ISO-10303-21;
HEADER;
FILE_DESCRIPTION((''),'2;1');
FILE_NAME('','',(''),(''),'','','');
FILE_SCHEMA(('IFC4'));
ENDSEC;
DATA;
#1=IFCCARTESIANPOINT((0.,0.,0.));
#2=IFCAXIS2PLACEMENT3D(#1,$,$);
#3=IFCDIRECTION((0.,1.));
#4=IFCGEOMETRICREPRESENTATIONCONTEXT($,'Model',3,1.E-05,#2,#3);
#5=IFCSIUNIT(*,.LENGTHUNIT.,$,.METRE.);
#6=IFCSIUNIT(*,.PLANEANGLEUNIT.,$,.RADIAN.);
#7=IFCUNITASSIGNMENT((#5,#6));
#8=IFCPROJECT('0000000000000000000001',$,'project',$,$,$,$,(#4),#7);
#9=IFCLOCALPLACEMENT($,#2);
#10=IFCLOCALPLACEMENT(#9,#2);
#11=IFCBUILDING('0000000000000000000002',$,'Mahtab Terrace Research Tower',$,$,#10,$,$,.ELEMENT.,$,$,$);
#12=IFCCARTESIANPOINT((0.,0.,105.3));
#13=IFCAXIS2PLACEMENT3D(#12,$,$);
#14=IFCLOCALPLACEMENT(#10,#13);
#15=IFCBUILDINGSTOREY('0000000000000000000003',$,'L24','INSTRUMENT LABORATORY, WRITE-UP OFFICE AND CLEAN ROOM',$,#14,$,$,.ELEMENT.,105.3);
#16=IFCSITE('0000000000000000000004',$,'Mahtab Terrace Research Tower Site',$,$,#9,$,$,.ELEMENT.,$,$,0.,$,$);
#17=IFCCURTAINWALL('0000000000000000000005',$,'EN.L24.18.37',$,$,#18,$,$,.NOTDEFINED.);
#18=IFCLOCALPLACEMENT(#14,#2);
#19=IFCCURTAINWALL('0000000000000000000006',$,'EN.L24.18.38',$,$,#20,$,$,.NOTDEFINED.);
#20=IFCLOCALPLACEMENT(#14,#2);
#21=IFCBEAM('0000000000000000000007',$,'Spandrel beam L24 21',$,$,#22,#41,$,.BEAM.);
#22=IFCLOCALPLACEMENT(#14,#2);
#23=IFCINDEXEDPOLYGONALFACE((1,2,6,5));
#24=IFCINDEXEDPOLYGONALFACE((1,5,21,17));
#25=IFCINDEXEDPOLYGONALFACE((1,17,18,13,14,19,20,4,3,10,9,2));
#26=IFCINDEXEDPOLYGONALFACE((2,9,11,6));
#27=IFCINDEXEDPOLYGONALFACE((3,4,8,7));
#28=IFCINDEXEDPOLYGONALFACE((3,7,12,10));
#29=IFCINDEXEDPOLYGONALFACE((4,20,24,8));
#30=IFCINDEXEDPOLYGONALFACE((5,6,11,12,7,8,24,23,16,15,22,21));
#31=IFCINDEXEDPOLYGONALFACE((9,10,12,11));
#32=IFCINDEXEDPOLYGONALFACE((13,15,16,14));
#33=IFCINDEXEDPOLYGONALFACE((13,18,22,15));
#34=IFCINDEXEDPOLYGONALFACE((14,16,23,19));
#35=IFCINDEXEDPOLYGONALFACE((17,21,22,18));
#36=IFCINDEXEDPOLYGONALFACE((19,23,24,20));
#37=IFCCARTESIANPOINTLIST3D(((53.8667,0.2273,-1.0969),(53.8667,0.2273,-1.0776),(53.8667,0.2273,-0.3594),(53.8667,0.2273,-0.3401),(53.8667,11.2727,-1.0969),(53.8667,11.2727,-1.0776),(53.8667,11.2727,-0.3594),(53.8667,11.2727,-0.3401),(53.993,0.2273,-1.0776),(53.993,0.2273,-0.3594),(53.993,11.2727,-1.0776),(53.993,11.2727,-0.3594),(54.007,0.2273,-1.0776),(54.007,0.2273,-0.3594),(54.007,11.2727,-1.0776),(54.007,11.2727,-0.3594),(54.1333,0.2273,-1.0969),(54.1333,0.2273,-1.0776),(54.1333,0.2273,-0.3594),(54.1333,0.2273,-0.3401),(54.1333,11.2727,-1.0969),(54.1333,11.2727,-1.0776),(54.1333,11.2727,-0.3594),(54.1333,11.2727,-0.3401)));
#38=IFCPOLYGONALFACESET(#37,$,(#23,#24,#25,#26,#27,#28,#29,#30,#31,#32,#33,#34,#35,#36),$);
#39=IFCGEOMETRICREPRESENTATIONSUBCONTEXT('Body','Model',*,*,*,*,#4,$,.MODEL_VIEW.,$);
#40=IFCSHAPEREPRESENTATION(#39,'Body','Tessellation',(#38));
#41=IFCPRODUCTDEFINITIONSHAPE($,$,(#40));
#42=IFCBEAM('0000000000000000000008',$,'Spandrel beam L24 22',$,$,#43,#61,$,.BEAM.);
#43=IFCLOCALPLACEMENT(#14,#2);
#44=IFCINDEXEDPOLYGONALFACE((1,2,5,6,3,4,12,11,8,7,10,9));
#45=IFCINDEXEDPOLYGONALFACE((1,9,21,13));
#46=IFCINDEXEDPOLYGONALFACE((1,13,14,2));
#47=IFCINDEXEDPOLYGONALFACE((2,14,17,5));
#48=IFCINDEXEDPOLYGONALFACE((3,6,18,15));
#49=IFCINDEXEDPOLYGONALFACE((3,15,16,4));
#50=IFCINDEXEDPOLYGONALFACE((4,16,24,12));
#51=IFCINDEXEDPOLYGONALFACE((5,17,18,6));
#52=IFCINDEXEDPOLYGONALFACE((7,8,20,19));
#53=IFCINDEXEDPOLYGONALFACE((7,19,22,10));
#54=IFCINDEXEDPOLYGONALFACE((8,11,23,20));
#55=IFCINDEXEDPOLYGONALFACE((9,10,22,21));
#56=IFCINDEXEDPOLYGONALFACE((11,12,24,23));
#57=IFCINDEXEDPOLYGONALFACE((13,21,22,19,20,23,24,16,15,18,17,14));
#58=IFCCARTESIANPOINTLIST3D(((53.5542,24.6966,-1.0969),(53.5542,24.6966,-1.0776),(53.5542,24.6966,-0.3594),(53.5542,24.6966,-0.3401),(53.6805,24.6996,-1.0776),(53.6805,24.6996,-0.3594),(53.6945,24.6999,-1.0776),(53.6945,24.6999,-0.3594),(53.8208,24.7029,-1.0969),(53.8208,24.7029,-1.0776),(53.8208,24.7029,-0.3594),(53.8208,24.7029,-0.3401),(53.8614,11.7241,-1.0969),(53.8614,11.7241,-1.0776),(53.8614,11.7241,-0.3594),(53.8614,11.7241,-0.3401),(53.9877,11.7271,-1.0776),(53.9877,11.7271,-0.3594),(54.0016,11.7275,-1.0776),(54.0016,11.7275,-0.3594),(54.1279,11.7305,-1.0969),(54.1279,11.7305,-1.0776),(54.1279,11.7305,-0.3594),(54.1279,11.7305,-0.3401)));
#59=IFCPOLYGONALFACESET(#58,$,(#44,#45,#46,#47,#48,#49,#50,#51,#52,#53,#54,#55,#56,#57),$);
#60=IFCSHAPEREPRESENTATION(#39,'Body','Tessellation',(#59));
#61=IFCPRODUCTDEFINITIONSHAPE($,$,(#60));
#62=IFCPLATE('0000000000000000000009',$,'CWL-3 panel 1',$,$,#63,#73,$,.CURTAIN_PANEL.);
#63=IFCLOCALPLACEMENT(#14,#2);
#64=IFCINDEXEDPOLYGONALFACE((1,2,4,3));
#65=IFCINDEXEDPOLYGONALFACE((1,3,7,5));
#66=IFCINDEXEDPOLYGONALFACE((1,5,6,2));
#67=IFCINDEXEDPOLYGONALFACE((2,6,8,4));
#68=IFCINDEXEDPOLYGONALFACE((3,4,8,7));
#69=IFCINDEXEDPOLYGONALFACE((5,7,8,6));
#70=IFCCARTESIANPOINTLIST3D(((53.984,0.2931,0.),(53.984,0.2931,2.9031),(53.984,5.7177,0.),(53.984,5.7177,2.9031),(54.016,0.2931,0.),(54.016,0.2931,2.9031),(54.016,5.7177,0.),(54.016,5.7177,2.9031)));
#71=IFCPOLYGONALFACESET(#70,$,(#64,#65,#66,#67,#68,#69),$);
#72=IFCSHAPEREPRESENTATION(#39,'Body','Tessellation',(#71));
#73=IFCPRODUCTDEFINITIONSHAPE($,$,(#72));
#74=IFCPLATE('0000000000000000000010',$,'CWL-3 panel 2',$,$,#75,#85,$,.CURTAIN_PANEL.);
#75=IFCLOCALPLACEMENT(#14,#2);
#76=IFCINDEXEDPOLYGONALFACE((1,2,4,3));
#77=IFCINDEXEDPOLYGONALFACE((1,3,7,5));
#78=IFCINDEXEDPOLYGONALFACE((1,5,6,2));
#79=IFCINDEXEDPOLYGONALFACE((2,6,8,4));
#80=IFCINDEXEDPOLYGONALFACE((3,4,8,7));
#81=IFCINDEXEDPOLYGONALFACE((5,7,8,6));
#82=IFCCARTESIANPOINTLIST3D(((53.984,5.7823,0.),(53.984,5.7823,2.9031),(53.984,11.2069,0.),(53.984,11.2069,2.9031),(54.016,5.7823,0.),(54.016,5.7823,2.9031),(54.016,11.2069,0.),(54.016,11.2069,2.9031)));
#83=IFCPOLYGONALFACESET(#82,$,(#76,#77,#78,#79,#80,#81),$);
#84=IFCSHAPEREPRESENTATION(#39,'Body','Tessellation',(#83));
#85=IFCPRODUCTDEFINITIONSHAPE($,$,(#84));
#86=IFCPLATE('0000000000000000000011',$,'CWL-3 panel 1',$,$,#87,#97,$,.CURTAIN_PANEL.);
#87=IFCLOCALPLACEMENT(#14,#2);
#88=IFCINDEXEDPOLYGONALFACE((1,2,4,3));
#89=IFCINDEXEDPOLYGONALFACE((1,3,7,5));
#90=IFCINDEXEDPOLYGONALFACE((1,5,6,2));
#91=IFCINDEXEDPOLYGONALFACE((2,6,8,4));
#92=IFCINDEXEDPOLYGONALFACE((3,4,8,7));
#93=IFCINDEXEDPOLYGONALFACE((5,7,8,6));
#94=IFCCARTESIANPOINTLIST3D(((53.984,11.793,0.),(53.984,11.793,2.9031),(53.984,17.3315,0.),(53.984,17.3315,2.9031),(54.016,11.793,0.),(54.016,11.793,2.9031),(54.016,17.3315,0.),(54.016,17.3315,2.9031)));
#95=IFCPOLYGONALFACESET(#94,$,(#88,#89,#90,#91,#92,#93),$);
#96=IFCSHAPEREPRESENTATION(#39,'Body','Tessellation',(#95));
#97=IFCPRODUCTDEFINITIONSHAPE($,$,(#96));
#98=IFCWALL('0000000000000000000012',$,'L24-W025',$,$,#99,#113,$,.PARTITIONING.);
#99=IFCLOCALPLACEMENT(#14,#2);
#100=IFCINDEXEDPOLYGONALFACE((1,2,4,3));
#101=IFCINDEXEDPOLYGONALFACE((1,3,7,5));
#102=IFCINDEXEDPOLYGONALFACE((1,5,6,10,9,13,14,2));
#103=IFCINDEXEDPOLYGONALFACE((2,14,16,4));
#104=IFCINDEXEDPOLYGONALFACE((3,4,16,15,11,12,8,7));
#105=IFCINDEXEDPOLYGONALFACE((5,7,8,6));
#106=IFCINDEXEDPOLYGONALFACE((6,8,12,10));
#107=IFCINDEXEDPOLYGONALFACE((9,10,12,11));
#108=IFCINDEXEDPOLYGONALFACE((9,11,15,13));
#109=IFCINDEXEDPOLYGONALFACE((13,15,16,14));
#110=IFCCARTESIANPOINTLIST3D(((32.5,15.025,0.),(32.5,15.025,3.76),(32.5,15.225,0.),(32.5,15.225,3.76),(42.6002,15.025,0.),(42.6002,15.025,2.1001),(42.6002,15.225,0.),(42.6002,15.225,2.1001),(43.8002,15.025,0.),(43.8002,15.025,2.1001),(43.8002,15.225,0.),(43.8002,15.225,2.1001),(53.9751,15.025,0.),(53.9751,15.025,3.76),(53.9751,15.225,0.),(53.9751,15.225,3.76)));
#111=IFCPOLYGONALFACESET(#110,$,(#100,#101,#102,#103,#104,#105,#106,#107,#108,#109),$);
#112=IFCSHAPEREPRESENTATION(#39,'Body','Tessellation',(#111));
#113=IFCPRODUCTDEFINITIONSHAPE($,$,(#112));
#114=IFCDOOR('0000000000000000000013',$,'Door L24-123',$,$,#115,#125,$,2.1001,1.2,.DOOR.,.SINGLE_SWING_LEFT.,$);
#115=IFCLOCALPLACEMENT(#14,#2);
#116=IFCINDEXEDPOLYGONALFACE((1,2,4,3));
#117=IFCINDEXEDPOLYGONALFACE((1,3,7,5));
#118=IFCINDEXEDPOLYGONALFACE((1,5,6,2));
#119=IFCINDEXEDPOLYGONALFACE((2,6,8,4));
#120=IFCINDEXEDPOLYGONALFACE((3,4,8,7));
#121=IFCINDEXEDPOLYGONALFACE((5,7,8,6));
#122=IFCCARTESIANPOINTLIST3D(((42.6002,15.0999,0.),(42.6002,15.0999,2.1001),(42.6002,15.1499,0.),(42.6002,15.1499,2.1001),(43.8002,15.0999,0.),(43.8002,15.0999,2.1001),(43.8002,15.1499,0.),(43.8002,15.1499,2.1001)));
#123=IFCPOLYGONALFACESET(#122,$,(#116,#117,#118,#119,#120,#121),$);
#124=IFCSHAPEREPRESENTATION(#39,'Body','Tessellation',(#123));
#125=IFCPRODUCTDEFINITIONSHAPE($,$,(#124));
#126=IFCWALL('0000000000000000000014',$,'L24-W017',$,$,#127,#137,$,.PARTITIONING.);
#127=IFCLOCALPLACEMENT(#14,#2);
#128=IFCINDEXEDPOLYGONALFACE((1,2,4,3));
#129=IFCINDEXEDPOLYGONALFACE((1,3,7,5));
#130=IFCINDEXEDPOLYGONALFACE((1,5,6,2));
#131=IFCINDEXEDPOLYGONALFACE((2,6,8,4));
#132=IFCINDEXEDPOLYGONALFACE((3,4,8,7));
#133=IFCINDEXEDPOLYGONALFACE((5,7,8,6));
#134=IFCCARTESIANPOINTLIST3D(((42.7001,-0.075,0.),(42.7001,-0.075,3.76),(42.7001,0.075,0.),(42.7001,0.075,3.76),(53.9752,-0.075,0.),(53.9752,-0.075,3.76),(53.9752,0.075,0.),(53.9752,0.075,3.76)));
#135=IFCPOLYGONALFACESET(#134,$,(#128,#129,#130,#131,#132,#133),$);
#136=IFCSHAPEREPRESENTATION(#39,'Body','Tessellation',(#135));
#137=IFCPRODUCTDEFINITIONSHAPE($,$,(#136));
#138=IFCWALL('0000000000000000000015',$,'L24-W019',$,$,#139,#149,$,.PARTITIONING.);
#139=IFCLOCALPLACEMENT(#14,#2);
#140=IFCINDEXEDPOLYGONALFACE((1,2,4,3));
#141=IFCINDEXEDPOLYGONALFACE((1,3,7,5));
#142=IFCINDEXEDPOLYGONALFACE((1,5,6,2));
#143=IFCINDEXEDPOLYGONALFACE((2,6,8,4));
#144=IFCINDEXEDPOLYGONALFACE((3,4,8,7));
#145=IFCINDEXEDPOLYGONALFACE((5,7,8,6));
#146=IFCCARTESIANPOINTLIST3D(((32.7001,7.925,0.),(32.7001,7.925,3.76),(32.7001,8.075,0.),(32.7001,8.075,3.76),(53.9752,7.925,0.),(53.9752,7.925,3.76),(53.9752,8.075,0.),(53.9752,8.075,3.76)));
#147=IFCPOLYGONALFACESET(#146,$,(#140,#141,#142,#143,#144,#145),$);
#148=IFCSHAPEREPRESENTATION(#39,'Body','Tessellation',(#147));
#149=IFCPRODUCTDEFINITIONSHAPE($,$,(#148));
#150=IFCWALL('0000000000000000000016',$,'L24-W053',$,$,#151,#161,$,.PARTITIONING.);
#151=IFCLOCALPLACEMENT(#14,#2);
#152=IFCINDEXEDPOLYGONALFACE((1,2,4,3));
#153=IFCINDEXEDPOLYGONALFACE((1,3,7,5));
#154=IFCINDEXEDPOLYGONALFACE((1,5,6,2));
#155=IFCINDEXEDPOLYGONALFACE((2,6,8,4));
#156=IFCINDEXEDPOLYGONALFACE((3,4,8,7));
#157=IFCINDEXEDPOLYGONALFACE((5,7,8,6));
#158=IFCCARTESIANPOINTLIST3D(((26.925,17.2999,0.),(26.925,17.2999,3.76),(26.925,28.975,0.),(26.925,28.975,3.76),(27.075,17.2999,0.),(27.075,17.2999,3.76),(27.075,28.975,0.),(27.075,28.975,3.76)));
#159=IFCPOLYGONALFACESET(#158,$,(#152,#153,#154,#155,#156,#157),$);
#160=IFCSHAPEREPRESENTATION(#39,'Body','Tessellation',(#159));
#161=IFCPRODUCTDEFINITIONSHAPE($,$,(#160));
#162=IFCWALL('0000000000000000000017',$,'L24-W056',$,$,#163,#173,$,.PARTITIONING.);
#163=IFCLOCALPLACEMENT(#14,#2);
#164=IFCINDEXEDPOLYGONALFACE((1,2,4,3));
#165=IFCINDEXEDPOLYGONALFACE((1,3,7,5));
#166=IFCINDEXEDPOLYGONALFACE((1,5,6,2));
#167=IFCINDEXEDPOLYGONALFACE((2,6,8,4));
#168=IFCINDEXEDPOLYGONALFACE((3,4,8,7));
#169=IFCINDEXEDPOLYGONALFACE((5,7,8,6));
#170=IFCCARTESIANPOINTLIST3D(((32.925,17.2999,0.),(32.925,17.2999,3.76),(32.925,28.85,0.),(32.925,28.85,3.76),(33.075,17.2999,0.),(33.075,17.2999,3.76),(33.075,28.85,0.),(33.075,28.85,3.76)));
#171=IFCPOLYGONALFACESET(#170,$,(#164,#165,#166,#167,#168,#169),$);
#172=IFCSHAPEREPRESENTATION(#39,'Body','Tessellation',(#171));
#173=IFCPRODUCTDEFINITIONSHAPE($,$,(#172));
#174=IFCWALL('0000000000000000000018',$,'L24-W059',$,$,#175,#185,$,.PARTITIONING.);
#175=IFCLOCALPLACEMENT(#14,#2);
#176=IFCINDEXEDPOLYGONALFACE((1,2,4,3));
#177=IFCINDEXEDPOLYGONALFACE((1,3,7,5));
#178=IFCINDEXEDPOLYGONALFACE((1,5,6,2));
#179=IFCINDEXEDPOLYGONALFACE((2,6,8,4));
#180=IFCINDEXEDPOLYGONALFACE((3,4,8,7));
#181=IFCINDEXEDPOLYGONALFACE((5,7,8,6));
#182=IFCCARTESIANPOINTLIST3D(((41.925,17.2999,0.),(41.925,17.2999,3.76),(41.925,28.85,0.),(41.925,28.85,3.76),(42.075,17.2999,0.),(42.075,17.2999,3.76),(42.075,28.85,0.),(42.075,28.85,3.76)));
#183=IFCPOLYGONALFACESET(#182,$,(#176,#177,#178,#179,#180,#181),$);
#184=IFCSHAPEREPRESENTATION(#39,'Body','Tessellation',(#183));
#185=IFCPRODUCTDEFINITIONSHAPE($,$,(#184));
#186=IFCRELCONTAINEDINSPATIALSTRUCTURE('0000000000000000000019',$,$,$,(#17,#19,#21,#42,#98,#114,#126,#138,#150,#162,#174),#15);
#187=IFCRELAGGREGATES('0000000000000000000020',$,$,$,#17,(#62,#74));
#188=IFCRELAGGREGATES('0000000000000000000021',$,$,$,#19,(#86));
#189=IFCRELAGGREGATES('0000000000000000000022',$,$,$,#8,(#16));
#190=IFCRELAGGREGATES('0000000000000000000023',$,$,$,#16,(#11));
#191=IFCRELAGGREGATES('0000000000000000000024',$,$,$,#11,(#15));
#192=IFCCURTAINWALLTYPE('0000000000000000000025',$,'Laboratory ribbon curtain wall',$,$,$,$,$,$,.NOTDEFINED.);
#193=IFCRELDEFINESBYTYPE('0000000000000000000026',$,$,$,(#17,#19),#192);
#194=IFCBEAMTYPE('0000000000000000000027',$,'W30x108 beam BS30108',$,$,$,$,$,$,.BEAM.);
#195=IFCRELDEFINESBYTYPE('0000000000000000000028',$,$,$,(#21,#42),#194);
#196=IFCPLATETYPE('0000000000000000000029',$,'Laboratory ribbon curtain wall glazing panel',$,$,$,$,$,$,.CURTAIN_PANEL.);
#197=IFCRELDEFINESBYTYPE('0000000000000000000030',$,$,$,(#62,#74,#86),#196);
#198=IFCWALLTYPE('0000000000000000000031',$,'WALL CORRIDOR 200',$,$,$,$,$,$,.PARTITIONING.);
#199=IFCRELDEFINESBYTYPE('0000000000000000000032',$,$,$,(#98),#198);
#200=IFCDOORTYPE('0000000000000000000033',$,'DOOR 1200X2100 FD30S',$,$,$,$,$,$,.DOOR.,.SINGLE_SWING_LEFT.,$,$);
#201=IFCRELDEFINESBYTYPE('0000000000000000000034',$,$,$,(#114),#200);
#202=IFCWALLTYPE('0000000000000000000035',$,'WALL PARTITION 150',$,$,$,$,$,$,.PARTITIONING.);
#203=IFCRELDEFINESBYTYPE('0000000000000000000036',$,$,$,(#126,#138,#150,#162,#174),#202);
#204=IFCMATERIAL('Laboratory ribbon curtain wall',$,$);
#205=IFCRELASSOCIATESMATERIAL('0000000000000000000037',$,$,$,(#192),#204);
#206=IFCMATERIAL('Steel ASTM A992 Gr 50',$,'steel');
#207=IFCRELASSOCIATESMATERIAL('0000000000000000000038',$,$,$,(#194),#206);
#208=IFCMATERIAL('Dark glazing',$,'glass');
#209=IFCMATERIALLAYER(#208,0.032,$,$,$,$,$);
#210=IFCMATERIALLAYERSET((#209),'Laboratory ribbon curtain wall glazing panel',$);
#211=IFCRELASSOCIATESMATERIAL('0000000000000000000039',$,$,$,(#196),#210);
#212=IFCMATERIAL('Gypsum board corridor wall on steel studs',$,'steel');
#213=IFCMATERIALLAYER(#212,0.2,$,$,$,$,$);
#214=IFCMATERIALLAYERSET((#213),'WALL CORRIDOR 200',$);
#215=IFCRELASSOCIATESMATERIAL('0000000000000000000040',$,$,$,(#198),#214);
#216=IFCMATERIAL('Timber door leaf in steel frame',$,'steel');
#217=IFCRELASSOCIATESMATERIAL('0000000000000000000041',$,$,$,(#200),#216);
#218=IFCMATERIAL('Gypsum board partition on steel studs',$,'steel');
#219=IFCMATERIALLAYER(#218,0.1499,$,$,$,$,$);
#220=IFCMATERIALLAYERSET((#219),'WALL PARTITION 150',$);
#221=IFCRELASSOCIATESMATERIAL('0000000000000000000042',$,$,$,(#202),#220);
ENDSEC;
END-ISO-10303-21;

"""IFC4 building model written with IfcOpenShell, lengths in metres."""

from ifc_helpers import new_model, si_unit, direction, frame, frame_2d, origin, origin_2d, place, context, subcontext, project, spatial, rectangle, i_section, extrude, material, layer, layer_set, material_profile, profile_set, type_object, element, fill, aggregate, save


model = new_model("IFC4")

# Units and contexts
model_context = context("Model", 3, precision=1e-05, world=origin(), true_north=direction((0.0, 1.0)))
body_context = subcontext(model_context, "Body", "Model", "MODEL_VIEW")
ifc_project = project(units=[si_unit("LENGTHUNIT", "METRE"), si_unit("PLANEANGLEUNIT", "RADIAN")], contexts=[model_context])

# Site, building, storey
site_placement = place(None, origin())
site = spatial("IfcSite", under=ifc_project, at=site_placement, Name="Mahtab Terrace Research Tower Site", CompositionType="ELEMENT", RefElevation=0.0)
building_placement = place(site_placement, origin())
building = spatial("IfcBuilding", under=site, at=building_placement, Name="Mahtab Terrace Research Tower", CompositionType="ELEMENT")
storey_placement = place(building_placement, frame((0.0, 0.0, 105.3)))
storey = spatial("IfcBuildingStorey", under=building, at=storey_placement, Name="L24", Description="INSTRUMENT LABORATORY, WRITE-UP OFFICE AND CLEAN ROOM", CompositionType="ELEMENT", Elevation=105.3)

# Shared definitions
ifc_material_1 = material(Name="Steel ASTM A992 Gr 50", Category="steel")

# Curtain walls
ifc_material_2 = material(Name="Laboratory ribbon curtain wall")
curtain_wall_type = type_object("IfcCurtainWallType", Name="Laboratory ribbon curtain wall", PredefinedType="NOTDEFINED", material=ifc_material_2)
curtain_wall_1_placement = place(storey_placement, origin())
curtain_wall_1 = element("IfcCurtainWall", 1, at=curtain_wall_1_placement, inside=storey, type_object=curtain_wall_type, Name="EN.L24.18.37", PredefinedType="NOTDEFINED")
curtain_wall_2_placement = place(storey_placement, origin())
curtain_wall_2 = element("IfcCurtainWall", 2, at=curtain_wall_2_placement, inside=storey, type_object=curtain_wall_type, Name="EN.L24.18.38", PredefinedType="NOTDEFINED")

# Beams
ifc_material_profile_1 = material_profile(ifc_material_1, i_section(OverallWidth=0.2666, OverallDepth=0.7568, WebThickness=0.0139, FlangeThickness=0.0193, at=origin_2d()), Name="W30X108")
ifc_profile_set_1 = profile_set([ifc_material_profile_1], Name="Steel ASTM A992 Gr 50")
beam_type = type_object("IfcBeamType", Name="W30x108 beam BS30108", PredefinedType="BEAM", material=ifc_profile_set_1)
beam_1_placement = place(storey_placement, frame((54.0, 0.2273, -0.7185), z_axis=(0.0, 1.0, 0.0), x_axis=(-1.0, 0.0, 0.0)))
element("IfcBeam", 3, at=beam_1_placement, inside=storey, type_object=beam_type, Name="Spandrel beam L24 21", PredefinedType="BEAM", context=body_context, shape_type="SweptSolid", body=[
    extrude(i_section(OverallWidth=0.2666, OverallDepth=0.7568, WebThickness=0.0139, FlangeThickness=0.0193, at=origin_2d()), origin(), (0.0, 0.0, 1.0), 11.0454),
])
beam_2_placement = place(storey_placement, frame((53.9946, 11.7273, -0.7185), z_axis=(-0.023669, 0.99972, 0.0), x_axis=(-0.99972, -0.023669, 0.0)))
element("IfcBeam", 4, at=beam_2_placement, inside=storey, type_object=beam_type, Name="Spandrel beam L24 22", PredefinedType="BEAM", context=body_context, shape_type="SweptSolid", body=[
    extrude(i_section(OverallWidth=0.2666, OverallDepth=0.7568, WebThickness=0.0139, FlangeThickness=0.0193, at=origin_2d()), origin(), (0.0, 0.0, 1.0), 12.9761),
])

# Plates
ifc_material_3 = material(Name="Dark glazing", Category="glass")
ifc_layer_1 = layer(ifc_material_3, 0.032)
ifc_layer_set_1 = layer_set([ifc_layer_1], Name="Laboratory ribbon curtain wall glazing panel")
plate_type = type_object("IfcPlateType", Name="Laboratory ribbon curtain wall glazing panel", PredefinedType="CURTAIN_PANEL", material=ifc_layer_set_1)
plate_1_placement = place(storey_placement, frame((54.0, 3.0054, 0.0), z_axis=(0.0, 0.0, 1.0), x_axis=(0.0, 1.0, 0.0)))
plate_1 = element("IfcPlate", 5, at=plate_1_placement, type_object=plate_type, Name="CWL-3 panel 1", PredefinedType="CURTAIN_PANEL", context=body_context, shape_type="SweptSolid", body=[
    extrude(rectangle(XDim=5.4246, YDim=0.032, at=origin_2d()), origin(), (0.0, 0.0, 1.0), 2.9031),
])
plate_2_placement = place(storey_placement, frame((54.0, 8.4946, 0.0), z_axis=(0.0, 0.0, 1.0), x_axis=(0.0, 1.0, 0.0)))
plate_2 = element("IfcPlate", 6, at=plate_2_placement, type_object=plate_type, Name="CWL-3 panel 2", PredefinedType="CURTAIN_PANEL", context=body_context, shape_type="SweptSolid", body=[
    extrude(rectangle(XDim=5.4246, YDim=0.032, at=origin_2d()), origin(), (0.0, 0.0, 1.0), 2.9031),
])
aggregate(curtain_wall_1, [plate_1, plate_2])
plate_3_placement = place(storey_placement, frame((54.0, 14.5623, 0.0), z_axis=(0.0, 0.0, 1.0), x_axis=(0.0, 1.0, 0.0)))
plate_3 = element("IfcPlate", 7, at=plate_3_placement, type_object=plate_type, Name="CWL-3 panel 1", PredefinedType="CURTAIN_PANEL", context=body_context, shape_type="SweptSolid", body=[
    extrude(rectangle(XDim=5.5386, YDim=0.032, at=origin_2d()), origin(), (0.0, 0.0, 1.0), 2.9031),
])
aggregate(curtain_wall_2, [plate_3])

# Wall, opening, door
ifc_material_4 = material(Name="Gypsum board corridor wall on steel studs", Category="steel")
ifc_layer_2 = layer(ifc_material_4, 0.2)
ifc_layer_set_2 = layer_set([ifc_layer_2], Name="WALL CORRIDOR 200")
wall_type_1 = type_object("IfcWallType", Name="WALL CORRIDOR 200", PredefinedType="PARTITIONING", material=ifc_layer_set_2)
wall_1_placement = place(storey_placement, frame((32.5, 15.125, 0.0), z_axis=(0.0, 0.0, 1.0), x_axis=(1.0, 0.0, 0.0)))
wall_1 = element("IfcWall", 8, at=wall_1_placement, inside=storey, type_object=wall_type_1, Name="L24-W025", PredefinedType="PARTITIONING", context=body_context, shape_type="SweptSolid", body=[
    extrude(rectangle(XDim=21.4751, YDim=0.2, at=frame_2d((10.7375, 0.0))), origin(), (0.0, 0.0, 1.0), 3.76),
])
opening_placement = place(wall_1_placement, frame((10.1001, 0.0, 0.0)))
opening = element("IfcOpeningElement", 9, at=opening_placement, cuts=wall_1, PredefinedType="OPENING", context=body_context, shape_type="SweptSolid", body=[
    extrude(rectangle(XDim=1.2, YDim=2.1001, at=frame_2d((0.6001, 1.05))), frame((0.0, 0.1099, 0.0), z_axis=(0.0, -1.0, 0.0), x_axis=(1.0, 0.0, 0.0)), (0.0, 0.0, 1.0), 0.22),
])
ifc_material_5 = material(Name="Timber door leaf in steel frame", Category="steel")
door_type = type_object("IfcDoorType", Name="DOOR 1200X2100 FD30S", OperationType="SINGLE_SWING_LEFT", PredefinedType="DOOR", material=ifc_material_5)
door_placement = place(opening_placement, origin())
door = element("IfcDoor", 10, at=door_placement, inside=storey, type_object=door_type, Name="Door L24-123", OperationType="SINGLE_SWING_LEFT", OverallHeight=2.1001, OverallWidth=1.2, PredefinedType="DOOR", context=body_context, shape_type="SweptSolid", body=[
    extrude(rectangle(XDim=1.2, YDim=2.1001, at=frame_2d((0.6001, 1.05))), frame((0.0, 0.0249, 0.0), z_axis=(0.0, -1.0, 0.0), x_axis=(1.0, 0.0, 0.0)), (0.0, 0.0, 1.0), 0.05),
])
fill(opening, door)

# Walls
ifc_material_6 = material(Name="Gypsum board partition on steel studs", Category="steel")
ifc_layer_3 = layer(ifc_material_6, 0.1499)
ifc_layer_set_3 = layer_set([ifc_layer_3], Name="WALL PARTITION 150")
wall_type_2 = type_object("IfcWallType", Name="WALL PARTITION 150", PredefinedType="PARTITIONING", material=ifc_layer_set_3)
wall_2_placement = place(storey_placement, frame((42.7, 0.0, 0.0), z_axis=(0.0, 0.0, 1.0), x_axis=(1.0, 0.0, 0.0)))
element("IfcWall", 11, at=wall_2_placement, inside=storey, type_object=wall_type_2, Name="L24-W017", PredefinedType="PARTITIONING", context=body_context, shape_type="SweptSolid", body=[
    extrude(rectangle(XDim=11.2751, YDim=0.1499, at=frame_2d((5.6377, 0.0))), origin(), (0.0, 0.0, 1.0), 3.76),
])
wall_3_placement = place(storey_placement, frame((32.7, 8.0, 0.0), z_axis=(0.0, 0.0, 1.0), x_axis=(1.0, 0.0, 0.0)))
element("IfcWall", 12, at=wall_3_placement, inside=storey, type_object=wall_type_2, Name="L24-W019", PredefinedType="PARTITIONING", context=body_context, shape_type="SweptSolid", body=[
    extrude(rectangle(XDim=21.2751, YDim=0.1499, at=frame_2d((10.6377, 0.0))), origin(), (0.0, 0.0, 1.0), 3.76),
])
wall_4_placement = place(storey_placement, frame((27.0, 17.3, 0.0), z_axis=(0.0, 0.0, 1.0), x_axis=(0.0, 1.0, 0.0)))
element("IfcWall", 13, at=wall_4_placement, inside=storey, type_object=wall_type_2, Name="L24-W053", PredefinedType="PARTITIONING", context=body_context, shape_type="SweptSolid", body=[
    extrude(rectangle(XDim=11.675, YDim=0.1499, at=frame_2d((5.8374, 0.0))), origin(), (0.0, 0.0, 1.0), 3.76),
])
for number, where, z_axis, x_axis, name in (
    (14, (33.0, 17.3, 0.0), (0.0, 0.0, 1.0), (0.0, 1.0, 0.0), "L24-W056"),
    (15, (42.0, 17.3, 0.0), (0.0, 0.0, 1.0), (0.0, 1.0, 0.0), "L24-W059"),
):
    element("IfcWall", number, at=place(storey_placement, frame(where, z_axis=z_axis, x_axis=x_axis)), inside=storey, type_object=wall_type_2, Name=name, PredefinedType="PARTITIONING", context=body_context, shape_type="SweptSolid", body=[
        extrude(rectangle(XDim=11.55, YDim=0.1499, at=frame_2d((5.7749, 0.0))), origin(), (0.0, 0.0, 1.0), 3.76),
    ])

save(model, "model.ifc")
